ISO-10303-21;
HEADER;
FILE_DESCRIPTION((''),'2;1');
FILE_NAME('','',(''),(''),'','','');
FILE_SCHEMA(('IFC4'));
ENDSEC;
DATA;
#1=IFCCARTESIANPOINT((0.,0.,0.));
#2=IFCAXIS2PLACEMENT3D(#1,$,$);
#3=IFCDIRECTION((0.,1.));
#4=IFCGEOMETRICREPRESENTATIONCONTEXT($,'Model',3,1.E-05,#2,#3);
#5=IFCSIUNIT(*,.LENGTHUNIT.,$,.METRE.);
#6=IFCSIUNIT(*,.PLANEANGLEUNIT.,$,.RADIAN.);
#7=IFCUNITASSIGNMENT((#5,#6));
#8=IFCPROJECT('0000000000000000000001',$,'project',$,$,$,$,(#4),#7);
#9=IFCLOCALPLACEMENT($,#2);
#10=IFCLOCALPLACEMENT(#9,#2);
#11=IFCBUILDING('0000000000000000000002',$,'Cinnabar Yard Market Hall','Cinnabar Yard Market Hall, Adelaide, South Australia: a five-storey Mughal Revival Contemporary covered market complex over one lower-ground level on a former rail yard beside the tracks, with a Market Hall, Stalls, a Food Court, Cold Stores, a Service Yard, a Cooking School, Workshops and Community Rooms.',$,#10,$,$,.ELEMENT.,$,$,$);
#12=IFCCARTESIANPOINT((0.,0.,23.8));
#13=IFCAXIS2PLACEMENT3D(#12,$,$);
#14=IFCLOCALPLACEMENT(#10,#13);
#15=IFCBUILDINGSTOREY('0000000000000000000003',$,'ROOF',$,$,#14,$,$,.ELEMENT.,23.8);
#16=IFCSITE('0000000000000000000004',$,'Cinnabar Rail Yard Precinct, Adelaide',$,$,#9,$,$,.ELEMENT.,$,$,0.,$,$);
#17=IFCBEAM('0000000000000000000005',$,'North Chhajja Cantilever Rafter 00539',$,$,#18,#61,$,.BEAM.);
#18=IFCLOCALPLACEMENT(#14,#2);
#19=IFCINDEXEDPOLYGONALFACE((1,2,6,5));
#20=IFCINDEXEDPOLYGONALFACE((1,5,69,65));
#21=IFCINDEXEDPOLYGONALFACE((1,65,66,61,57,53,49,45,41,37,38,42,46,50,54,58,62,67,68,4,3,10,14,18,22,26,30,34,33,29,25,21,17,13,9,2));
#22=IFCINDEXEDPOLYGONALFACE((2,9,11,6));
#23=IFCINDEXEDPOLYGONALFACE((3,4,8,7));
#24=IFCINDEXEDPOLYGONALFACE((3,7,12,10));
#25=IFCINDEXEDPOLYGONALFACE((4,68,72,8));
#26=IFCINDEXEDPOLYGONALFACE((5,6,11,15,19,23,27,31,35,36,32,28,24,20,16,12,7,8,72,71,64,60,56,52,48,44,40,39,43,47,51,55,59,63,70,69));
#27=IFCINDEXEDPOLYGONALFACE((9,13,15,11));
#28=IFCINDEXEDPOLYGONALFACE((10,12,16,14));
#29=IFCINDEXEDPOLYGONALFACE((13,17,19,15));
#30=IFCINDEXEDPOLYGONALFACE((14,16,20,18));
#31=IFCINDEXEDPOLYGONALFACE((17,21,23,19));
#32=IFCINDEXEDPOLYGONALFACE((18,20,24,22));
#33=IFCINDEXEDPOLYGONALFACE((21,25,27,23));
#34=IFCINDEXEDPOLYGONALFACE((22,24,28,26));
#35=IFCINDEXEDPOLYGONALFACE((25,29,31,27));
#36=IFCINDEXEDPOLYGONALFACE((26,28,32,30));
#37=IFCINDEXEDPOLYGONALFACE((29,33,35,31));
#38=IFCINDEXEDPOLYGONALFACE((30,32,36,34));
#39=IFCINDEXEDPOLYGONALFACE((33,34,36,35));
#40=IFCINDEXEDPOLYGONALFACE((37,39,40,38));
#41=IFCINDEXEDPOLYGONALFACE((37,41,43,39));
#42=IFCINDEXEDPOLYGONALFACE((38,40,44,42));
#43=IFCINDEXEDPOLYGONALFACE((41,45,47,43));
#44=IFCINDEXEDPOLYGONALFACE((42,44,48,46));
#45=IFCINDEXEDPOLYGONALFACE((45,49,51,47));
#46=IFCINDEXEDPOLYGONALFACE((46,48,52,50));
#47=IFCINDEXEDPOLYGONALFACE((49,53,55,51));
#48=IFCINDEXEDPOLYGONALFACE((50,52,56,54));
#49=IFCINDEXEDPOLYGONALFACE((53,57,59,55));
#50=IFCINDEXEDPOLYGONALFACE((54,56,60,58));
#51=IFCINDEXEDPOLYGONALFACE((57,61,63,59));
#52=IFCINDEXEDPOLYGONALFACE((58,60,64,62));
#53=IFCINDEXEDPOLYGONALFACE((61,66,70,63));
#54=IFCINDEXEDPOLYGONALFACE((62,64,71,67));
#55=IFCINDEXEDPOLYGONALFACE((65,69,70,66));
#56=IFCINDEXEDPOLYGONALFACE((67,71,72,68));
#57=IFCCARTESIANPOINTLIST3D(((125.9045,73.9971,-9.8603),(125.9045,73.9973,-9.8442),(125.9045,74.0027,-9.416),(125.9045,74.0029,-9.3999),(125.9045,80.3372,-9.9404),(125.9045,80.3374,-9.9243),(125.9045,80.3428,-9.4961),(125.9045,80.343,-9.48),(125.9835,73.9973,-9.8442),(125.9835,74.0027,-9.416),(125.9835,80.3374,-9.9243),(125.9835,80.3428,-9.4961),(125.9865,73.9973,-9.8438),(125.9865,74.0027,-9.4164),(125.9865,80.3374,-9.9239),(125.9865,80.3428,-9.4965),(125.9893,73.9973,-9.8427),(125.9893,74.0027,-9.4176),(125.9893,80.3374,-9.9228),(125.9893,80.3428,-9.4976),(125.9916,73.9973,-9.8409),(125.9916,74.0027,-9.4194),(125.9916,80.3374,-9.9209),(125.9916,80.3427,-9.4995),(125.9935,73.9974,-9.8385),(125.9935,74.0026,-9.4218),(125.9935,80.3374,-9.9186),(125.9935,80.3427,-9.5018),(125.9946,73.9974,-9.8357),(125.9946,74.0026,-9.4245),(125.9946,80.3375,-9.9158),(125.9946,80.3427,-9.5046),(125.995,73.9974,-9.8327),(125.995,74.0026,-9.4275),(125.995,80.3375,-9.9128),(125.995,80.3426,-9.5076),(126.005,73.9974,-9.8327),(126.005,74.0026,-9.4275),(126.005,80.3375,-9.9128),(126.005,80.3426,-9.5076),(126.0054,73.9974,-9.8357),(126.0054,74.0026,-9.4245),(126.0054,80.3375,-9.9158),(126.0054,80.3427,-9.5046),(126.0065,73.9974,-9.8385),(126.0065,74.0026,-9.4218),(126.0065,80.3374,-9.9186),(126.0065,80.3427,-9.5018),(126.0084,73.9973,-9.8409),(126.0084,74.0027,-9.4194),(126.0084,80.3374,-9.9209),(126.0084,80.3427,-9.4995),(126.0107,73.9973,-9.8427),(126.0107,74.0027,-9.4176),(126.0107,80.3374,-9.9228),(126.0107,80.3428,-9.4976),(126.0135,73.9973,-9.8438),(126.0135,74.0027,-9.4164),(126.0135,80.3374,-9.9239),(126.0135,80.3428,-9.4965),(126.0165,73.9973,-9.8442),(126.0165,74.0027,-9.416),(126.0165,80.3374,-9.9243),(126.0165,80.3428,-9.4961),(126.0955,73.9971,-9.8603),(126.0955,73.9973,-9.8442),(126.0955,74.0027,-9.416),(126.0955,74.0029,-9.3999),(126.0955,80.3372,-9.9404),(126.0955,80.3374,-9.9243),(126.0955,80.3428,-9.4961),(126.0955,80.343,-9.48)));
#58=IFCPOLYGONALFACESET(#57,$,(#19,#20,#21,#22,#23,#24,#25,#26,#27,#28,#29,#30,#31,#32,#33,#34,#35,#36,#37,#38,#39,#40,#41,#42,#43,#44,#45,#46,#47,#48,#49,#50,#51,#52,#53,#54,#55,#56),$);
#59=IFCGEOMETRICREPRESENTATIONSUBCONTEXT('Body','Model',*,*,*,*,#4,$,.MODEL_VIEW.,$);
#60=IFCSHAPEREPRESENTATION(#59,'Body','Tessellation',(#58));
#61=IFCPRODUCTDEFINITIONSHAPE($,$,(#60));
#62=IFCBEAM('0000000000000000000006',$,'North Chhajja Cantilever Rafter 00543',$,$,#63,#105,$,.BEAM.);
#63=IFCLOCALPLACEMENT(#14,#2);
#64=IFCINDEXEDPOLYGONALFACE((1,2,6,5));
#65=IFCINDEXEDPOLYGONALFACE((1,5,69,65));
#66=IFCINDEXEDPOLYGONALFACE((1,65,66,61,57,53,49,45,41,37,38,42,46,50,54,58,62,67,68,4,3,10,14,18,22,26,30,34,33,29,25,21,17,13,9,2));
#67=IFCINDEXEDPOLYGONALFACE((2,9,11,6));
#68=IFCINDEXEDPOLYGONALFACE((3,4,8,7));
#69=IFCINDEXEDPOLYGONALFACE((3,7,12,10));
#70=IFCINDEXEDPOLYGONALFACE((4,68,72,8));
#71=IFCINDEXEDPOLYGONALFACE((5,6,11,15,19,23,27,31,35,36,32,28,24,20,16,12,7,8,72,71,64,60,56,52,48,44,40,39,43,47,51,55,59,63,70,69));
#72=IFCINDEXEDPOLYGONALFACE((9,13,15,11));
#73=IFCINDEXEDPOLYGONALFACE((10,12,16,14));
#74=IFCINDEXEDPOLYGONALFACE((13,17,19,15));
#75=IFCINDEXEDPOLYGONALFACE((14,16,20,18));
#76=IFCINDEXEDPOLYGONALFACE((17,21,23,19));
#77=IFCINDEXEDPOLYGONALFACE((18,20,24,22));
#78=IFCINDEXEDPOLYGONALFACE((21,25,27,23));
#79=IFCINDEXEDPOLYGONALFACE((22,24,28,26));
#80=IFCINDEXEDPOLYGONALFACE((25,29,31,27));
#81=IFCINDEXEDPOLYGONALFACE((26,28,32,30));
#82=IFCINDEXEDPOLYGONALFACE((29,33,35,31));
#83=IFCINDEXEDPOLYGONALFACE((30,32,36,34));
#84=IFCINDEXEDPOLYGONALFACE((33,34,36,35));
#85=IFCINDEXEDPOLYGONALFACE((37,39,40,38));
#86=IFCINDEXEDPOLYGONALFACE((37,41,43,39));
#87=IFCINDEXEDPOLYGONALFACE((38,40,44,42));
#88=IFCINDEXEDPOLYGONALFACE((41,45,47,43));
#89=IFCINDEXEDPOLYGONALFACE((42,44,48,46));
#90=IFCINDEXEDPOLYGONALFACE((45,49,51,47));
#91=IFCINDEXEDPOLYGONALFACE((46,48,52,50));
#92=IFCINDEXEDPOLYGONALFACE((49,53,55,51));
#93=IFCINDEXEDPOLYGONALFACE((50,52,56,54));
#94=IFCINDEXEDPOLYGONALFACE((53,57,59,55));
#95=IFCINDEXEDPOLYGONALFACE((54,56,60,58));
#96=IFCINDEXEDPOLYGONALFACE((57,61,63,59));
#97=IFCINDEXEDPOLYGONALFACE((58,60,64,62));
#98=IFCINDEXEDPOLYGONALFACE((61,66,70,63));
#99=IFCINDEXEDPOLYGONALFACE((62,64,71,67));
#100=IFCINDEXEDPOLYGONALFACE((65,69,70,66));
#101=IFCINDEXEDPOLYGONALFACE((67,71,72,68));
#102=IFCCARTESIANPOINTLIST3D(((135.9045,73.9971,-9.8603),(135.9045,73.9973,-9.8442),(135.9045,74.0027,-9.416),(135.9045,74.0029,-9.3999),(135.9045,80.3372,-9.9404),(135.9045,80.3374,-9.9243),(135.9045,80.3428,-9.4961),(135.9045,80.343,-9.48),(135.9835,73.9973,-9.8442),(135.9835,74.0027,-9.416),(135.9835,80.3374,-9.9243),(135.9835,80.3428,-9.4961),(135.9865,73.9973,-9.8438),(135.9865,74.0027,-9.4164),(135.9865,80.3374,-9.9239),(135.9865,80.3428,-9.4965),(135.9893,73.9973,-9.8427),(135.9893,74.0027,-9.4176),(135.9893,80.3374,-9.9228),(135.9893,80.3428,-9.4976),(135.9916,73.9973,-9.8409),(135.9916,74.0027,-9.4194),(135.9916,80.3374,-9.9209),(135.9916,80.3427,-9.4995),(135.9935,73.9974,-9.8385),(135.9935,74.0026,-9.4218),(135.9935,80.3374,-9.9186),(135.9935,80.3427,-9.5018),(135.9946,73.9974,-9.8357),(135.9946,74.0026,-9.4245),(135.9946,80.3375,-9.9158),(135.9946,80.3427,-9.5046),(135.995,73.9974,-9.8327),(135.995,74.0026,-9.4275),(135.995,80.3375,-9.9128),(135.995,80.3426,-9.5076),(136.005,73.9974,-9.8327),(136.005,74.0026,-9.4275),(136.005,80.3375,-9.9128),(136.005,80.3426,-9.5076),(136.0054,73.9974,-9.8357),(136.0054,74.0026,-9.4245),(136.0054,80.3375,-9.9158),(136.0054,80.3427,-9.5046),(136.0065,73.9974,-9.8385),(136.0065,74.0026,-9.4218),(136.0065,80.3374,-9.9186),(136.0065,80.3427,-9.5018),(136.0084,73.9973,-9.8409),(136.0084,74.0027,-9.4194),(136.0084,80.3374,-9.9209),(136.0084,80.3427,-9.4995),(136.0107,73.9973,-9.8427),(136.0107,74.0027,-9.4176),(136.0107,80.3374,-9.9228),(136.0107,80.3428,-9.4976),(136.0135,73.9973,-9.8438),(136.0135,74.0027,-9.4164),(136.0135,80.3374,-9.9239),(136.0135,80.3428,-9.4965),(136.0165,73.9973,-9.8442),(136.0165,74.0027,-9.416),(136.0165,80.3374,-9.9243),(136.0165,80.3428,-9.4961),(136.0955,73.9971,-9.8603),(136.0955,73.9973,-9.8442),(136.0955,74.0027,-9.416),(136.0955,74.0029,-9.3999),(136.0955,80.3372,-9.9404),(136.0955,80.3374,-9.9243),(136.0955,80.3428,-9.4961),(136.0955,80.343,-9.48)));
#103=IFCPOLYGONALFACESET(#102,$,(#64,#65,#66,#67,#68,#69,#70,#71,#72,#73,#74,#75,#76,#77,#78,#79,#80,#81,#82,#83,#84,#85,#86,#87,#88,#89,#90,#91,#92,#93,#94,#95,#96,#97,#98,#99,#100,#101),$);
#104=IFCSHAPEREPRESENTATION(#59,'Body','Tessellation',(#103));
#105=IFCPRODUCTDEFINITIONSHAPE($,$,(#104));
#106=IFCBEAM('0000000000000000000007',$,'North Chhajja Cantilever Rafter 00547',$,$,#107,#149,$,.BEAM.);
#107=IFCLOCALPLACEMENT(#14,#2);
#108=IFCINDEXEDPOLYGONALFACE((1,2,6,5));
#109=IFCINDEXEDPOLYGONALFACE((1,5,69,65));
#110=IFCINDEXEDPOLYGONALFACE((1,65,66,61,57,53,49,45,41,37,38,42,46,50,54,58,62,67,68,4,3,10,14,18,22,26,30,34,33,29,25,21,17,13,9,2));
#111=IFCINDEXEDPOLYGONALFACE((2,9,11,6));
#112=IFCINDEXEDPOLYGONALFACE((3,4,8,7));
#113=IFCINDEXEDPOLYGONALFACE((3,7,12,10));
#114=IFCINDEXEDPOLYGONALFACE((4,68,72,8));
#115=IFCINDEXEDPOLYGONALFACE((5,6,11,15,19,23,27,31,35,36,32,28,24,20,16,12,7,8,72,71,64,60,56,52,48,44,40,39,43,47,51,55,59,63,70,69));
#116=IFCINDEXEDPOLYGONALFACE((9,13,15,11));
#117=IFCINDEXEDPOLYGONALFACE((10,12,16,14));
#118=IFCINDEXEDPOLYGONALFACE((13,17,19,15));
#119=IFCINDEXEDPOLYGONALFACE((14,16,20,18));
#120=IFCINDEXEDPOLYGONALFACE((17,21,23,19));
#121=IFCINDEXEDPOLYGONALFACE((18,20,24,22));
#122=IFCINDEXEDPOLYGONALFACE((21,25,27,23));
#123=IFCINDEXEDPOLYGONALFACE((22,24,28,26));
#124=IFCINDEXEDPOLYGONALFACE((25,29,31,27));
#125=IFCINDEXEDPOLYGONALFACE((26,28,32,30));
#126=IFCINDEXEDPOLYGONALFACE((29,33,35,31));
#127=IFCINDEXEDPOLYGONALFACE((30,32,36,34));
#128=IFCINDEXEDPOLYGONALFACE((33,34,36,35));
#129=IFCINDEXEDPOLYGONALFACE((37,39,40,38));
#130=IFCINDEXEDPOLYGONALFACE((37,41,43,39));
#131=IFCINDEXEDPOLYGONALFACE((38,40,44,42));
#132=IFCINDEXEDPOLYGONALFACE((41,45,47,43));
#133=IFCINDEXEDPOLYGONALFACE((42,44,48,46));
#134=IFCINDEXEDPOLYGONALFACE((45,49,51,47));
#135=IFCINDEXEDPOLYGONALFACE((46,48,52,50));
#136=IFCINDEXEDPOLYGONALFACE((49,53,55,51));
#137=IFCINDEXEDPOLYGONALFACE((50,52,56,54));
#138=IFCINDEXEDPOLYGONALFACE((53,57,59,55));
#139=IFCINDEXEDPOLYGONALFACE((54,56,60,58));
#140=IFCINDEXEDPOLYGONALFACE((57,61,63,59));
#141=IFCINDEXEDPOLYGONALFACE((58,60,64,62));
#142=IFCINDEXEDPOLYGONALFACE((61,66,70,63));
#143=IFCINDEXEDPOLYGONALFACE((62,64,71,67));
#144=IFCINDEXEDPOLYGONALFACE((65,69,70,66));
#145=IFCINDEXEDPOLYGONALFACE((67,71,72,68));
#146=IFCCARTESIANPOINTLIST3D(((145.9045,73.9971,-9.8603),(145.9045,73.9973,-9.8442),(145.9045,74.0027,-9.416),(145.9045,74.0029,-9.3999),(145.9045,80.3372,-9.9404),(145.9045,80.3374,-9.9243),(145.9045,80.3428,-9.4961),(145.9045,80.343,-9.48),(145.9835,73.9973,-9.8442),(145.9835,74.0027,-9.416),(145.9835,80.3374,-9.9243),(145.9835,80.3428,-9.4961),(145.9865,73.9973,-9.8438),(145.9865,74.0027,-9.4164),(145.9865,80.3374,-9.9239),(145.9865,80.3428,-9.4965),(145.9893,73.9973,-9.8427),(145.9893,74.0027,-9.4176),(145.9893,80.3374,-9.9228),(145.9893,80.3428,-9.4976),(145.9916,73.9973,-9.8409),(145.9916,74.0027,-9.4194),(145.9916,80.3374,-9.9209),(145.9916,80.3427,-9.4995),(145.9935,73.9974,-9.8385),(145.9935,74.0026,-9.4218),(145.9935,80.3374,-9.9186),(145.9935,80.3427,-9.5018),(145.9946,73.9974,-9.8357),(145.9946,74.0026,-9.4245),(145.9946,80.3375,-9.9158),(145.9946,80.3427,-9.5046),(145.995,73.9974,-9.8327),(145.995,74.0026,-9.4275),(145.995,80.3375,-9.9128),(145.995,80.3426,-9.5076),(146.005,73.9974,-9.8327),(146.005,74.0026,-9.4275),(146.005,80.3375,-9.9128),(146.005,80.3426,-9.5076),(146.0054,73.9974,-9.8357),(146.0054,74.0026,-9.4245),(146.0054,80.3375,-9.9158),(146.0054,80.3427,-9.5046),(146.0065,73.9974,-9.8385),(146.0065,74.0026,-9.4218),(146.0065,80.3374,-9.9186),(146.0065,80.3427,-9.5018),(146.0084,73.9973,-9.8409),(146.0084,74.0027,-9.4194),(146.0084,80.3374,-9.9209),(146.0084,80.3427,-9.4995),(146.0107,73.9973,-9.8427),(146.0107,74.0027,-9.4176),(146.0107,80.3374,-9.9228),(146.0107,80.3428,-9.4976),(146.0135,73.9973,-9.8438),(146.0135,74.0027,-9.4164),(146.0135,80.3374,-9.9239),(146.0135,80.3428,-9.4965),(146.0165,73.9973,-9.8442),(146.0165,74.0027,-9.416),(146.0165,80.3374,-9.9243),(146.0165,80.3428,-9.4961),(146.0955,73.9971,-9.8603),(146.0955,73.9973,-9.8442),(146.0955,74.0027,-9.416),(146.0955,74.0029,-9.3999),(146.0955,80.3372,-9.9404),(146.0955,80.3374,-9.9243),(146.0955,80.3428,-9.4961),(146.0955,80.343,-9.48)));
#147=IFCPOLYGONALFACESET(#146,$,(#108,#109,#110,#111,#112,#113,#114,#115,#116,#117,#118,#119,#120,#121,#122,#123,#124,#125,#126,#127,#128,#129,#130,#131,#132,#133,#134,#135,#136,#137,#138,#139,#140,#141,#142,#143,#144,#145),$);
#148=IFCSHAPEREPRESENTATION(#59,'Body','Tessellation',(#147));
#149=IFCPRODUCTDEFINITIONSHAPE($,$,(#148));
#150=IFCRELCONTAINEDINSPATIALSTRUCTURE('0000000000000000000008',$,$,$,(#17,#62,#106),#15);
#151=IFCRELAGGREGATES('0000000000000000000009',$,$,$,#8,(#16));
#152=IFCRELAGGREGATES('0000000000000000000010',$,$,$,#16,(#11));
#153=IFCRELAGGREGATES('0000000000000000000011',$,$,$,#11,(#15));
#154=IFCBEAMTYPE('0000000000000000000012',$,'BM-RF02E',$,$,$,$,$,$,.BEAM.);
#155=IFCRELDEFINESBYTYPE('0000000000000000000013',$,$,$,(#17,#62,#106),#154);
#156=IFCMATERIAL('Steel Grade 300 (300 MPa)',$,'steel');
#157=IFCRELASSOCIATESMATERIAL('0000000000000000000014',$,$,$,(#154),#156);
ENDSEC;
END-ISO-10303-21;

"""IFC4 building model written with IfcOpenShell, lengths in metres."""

from ifc_helpers import new_model, si_unit, direction, frame, origin, origin_2d_with_axis, place, context, subcontext, project, spatial, i_section, extrude, material, material_profile, profile_set, type_object, element, save


model = new_model("IFC4")

# Units and contexts
model_context = context("Model", 3, precision=1e-05, world=origin(), true_north=direction((0.0, 1.0)))
body_context = subcontext(model_context, "Body", "Model", "MODEL_VIEW")
ifc_project = project(units=[si_unit("LENGTHUNIT", "METRE"), si_unit("PLANEANGLEUNIT", "RADIAN")], contexts=[model_context])

# Site, building, storey
site_placement = place(None, origin())
site = spatial("IfcSite", under=ifc_project, at=site_placement, Name="Cinnabar Rail Yard Precinct, Adelaide", CompositionType="ELEMENT", RefElevation=0.0)
building_placement = place(site_placement, origin())
building = spatial("IfcBuilding", under=site, at=building_placement, Name="Cinnabar Yard Market Hall", Description="Cinnabar Yard Market Hall, Adelaide, South Australia: a five-storey Mughal Revival Contemporary covered market complex over one lower-ground level on a former rail yard beside the tracks, with a Market Hall, Stalls, a Food Court, Cold Stores, a Service Yard, a Cooking School, Workshops and Community Rooms.", CompositionType="ELEMENT")
storey_placement = place(building_placement, frame((0.0, 0.0, 23.8)))
storey = spatial("IfcBuildingStorey", under=building, at=storey_placement, Name="ROOF", CompositionType="ELEMENT", Elevation=23.8)

# Beams
ifc_material_1 = material(Name="Steel Grade 300 (300 MPa)", Category="steel")
ifc_material_profile_1 = material_profile(ifc_material_1, i_section(OverallWidth=0.1909, OverallDepth=0.4604, WebThickness=0.01, FlangeThickness=0.0161, FilletRadius=0.0115, at=origin_2d_with_axis()), Name="460UB82.1")
ifc_profile_set_1 = profile_set([ifc_material_profile_1], Name="Steel Grade 300 (300 MPa)")
beam_type_1 = type_object("IfcBeamType", Name="BM-RF02E", PredefinedType="BEAM", material=ifc_profile_set_1)
for number, where, z_axis, x_axis, name in (
    (1, (126.0, 74.0, -9.6301), (0.0, 0.99992, -0.012629), (-1.0, 0.0, 0.0), "North Chhajja Cantilever Rafter 00539"),
    (2, (136.0, 74.0, -9.6301), (0.0, 0.99992, -0.012629), (-1.0, 0.0, 0.0), "North Chhajja Cantilever Rafter 00543"),
    (3, (146.0, 74.0, -9.6301), (0.0, 0.99992, -0.012629), (-1.0, 0.0, 0.0), "North Chhajja Cantilever Rafter 00547"),
):
    element("IfcBeam", number, at=place(storey_placement, frame(where, z_axis=z_axis, x_axis=x_axis)), inside=storey, type_object=beam_type_1, Name=name, PredefinedType="BEAM", context=body_context, shape_type="SweptSolid", body=[
        extrude(i_section(OverallWidth=0.1909, OverallDepth=0.4604, WebThickness=0.01, FlangeThickness=0.0161, FilletRadius=0.0115, at=origin_2d_with_axis()), origin(), (0.0, 0.0, 1.0), 6.3406),
    ])

save(model, "model.ifc")
